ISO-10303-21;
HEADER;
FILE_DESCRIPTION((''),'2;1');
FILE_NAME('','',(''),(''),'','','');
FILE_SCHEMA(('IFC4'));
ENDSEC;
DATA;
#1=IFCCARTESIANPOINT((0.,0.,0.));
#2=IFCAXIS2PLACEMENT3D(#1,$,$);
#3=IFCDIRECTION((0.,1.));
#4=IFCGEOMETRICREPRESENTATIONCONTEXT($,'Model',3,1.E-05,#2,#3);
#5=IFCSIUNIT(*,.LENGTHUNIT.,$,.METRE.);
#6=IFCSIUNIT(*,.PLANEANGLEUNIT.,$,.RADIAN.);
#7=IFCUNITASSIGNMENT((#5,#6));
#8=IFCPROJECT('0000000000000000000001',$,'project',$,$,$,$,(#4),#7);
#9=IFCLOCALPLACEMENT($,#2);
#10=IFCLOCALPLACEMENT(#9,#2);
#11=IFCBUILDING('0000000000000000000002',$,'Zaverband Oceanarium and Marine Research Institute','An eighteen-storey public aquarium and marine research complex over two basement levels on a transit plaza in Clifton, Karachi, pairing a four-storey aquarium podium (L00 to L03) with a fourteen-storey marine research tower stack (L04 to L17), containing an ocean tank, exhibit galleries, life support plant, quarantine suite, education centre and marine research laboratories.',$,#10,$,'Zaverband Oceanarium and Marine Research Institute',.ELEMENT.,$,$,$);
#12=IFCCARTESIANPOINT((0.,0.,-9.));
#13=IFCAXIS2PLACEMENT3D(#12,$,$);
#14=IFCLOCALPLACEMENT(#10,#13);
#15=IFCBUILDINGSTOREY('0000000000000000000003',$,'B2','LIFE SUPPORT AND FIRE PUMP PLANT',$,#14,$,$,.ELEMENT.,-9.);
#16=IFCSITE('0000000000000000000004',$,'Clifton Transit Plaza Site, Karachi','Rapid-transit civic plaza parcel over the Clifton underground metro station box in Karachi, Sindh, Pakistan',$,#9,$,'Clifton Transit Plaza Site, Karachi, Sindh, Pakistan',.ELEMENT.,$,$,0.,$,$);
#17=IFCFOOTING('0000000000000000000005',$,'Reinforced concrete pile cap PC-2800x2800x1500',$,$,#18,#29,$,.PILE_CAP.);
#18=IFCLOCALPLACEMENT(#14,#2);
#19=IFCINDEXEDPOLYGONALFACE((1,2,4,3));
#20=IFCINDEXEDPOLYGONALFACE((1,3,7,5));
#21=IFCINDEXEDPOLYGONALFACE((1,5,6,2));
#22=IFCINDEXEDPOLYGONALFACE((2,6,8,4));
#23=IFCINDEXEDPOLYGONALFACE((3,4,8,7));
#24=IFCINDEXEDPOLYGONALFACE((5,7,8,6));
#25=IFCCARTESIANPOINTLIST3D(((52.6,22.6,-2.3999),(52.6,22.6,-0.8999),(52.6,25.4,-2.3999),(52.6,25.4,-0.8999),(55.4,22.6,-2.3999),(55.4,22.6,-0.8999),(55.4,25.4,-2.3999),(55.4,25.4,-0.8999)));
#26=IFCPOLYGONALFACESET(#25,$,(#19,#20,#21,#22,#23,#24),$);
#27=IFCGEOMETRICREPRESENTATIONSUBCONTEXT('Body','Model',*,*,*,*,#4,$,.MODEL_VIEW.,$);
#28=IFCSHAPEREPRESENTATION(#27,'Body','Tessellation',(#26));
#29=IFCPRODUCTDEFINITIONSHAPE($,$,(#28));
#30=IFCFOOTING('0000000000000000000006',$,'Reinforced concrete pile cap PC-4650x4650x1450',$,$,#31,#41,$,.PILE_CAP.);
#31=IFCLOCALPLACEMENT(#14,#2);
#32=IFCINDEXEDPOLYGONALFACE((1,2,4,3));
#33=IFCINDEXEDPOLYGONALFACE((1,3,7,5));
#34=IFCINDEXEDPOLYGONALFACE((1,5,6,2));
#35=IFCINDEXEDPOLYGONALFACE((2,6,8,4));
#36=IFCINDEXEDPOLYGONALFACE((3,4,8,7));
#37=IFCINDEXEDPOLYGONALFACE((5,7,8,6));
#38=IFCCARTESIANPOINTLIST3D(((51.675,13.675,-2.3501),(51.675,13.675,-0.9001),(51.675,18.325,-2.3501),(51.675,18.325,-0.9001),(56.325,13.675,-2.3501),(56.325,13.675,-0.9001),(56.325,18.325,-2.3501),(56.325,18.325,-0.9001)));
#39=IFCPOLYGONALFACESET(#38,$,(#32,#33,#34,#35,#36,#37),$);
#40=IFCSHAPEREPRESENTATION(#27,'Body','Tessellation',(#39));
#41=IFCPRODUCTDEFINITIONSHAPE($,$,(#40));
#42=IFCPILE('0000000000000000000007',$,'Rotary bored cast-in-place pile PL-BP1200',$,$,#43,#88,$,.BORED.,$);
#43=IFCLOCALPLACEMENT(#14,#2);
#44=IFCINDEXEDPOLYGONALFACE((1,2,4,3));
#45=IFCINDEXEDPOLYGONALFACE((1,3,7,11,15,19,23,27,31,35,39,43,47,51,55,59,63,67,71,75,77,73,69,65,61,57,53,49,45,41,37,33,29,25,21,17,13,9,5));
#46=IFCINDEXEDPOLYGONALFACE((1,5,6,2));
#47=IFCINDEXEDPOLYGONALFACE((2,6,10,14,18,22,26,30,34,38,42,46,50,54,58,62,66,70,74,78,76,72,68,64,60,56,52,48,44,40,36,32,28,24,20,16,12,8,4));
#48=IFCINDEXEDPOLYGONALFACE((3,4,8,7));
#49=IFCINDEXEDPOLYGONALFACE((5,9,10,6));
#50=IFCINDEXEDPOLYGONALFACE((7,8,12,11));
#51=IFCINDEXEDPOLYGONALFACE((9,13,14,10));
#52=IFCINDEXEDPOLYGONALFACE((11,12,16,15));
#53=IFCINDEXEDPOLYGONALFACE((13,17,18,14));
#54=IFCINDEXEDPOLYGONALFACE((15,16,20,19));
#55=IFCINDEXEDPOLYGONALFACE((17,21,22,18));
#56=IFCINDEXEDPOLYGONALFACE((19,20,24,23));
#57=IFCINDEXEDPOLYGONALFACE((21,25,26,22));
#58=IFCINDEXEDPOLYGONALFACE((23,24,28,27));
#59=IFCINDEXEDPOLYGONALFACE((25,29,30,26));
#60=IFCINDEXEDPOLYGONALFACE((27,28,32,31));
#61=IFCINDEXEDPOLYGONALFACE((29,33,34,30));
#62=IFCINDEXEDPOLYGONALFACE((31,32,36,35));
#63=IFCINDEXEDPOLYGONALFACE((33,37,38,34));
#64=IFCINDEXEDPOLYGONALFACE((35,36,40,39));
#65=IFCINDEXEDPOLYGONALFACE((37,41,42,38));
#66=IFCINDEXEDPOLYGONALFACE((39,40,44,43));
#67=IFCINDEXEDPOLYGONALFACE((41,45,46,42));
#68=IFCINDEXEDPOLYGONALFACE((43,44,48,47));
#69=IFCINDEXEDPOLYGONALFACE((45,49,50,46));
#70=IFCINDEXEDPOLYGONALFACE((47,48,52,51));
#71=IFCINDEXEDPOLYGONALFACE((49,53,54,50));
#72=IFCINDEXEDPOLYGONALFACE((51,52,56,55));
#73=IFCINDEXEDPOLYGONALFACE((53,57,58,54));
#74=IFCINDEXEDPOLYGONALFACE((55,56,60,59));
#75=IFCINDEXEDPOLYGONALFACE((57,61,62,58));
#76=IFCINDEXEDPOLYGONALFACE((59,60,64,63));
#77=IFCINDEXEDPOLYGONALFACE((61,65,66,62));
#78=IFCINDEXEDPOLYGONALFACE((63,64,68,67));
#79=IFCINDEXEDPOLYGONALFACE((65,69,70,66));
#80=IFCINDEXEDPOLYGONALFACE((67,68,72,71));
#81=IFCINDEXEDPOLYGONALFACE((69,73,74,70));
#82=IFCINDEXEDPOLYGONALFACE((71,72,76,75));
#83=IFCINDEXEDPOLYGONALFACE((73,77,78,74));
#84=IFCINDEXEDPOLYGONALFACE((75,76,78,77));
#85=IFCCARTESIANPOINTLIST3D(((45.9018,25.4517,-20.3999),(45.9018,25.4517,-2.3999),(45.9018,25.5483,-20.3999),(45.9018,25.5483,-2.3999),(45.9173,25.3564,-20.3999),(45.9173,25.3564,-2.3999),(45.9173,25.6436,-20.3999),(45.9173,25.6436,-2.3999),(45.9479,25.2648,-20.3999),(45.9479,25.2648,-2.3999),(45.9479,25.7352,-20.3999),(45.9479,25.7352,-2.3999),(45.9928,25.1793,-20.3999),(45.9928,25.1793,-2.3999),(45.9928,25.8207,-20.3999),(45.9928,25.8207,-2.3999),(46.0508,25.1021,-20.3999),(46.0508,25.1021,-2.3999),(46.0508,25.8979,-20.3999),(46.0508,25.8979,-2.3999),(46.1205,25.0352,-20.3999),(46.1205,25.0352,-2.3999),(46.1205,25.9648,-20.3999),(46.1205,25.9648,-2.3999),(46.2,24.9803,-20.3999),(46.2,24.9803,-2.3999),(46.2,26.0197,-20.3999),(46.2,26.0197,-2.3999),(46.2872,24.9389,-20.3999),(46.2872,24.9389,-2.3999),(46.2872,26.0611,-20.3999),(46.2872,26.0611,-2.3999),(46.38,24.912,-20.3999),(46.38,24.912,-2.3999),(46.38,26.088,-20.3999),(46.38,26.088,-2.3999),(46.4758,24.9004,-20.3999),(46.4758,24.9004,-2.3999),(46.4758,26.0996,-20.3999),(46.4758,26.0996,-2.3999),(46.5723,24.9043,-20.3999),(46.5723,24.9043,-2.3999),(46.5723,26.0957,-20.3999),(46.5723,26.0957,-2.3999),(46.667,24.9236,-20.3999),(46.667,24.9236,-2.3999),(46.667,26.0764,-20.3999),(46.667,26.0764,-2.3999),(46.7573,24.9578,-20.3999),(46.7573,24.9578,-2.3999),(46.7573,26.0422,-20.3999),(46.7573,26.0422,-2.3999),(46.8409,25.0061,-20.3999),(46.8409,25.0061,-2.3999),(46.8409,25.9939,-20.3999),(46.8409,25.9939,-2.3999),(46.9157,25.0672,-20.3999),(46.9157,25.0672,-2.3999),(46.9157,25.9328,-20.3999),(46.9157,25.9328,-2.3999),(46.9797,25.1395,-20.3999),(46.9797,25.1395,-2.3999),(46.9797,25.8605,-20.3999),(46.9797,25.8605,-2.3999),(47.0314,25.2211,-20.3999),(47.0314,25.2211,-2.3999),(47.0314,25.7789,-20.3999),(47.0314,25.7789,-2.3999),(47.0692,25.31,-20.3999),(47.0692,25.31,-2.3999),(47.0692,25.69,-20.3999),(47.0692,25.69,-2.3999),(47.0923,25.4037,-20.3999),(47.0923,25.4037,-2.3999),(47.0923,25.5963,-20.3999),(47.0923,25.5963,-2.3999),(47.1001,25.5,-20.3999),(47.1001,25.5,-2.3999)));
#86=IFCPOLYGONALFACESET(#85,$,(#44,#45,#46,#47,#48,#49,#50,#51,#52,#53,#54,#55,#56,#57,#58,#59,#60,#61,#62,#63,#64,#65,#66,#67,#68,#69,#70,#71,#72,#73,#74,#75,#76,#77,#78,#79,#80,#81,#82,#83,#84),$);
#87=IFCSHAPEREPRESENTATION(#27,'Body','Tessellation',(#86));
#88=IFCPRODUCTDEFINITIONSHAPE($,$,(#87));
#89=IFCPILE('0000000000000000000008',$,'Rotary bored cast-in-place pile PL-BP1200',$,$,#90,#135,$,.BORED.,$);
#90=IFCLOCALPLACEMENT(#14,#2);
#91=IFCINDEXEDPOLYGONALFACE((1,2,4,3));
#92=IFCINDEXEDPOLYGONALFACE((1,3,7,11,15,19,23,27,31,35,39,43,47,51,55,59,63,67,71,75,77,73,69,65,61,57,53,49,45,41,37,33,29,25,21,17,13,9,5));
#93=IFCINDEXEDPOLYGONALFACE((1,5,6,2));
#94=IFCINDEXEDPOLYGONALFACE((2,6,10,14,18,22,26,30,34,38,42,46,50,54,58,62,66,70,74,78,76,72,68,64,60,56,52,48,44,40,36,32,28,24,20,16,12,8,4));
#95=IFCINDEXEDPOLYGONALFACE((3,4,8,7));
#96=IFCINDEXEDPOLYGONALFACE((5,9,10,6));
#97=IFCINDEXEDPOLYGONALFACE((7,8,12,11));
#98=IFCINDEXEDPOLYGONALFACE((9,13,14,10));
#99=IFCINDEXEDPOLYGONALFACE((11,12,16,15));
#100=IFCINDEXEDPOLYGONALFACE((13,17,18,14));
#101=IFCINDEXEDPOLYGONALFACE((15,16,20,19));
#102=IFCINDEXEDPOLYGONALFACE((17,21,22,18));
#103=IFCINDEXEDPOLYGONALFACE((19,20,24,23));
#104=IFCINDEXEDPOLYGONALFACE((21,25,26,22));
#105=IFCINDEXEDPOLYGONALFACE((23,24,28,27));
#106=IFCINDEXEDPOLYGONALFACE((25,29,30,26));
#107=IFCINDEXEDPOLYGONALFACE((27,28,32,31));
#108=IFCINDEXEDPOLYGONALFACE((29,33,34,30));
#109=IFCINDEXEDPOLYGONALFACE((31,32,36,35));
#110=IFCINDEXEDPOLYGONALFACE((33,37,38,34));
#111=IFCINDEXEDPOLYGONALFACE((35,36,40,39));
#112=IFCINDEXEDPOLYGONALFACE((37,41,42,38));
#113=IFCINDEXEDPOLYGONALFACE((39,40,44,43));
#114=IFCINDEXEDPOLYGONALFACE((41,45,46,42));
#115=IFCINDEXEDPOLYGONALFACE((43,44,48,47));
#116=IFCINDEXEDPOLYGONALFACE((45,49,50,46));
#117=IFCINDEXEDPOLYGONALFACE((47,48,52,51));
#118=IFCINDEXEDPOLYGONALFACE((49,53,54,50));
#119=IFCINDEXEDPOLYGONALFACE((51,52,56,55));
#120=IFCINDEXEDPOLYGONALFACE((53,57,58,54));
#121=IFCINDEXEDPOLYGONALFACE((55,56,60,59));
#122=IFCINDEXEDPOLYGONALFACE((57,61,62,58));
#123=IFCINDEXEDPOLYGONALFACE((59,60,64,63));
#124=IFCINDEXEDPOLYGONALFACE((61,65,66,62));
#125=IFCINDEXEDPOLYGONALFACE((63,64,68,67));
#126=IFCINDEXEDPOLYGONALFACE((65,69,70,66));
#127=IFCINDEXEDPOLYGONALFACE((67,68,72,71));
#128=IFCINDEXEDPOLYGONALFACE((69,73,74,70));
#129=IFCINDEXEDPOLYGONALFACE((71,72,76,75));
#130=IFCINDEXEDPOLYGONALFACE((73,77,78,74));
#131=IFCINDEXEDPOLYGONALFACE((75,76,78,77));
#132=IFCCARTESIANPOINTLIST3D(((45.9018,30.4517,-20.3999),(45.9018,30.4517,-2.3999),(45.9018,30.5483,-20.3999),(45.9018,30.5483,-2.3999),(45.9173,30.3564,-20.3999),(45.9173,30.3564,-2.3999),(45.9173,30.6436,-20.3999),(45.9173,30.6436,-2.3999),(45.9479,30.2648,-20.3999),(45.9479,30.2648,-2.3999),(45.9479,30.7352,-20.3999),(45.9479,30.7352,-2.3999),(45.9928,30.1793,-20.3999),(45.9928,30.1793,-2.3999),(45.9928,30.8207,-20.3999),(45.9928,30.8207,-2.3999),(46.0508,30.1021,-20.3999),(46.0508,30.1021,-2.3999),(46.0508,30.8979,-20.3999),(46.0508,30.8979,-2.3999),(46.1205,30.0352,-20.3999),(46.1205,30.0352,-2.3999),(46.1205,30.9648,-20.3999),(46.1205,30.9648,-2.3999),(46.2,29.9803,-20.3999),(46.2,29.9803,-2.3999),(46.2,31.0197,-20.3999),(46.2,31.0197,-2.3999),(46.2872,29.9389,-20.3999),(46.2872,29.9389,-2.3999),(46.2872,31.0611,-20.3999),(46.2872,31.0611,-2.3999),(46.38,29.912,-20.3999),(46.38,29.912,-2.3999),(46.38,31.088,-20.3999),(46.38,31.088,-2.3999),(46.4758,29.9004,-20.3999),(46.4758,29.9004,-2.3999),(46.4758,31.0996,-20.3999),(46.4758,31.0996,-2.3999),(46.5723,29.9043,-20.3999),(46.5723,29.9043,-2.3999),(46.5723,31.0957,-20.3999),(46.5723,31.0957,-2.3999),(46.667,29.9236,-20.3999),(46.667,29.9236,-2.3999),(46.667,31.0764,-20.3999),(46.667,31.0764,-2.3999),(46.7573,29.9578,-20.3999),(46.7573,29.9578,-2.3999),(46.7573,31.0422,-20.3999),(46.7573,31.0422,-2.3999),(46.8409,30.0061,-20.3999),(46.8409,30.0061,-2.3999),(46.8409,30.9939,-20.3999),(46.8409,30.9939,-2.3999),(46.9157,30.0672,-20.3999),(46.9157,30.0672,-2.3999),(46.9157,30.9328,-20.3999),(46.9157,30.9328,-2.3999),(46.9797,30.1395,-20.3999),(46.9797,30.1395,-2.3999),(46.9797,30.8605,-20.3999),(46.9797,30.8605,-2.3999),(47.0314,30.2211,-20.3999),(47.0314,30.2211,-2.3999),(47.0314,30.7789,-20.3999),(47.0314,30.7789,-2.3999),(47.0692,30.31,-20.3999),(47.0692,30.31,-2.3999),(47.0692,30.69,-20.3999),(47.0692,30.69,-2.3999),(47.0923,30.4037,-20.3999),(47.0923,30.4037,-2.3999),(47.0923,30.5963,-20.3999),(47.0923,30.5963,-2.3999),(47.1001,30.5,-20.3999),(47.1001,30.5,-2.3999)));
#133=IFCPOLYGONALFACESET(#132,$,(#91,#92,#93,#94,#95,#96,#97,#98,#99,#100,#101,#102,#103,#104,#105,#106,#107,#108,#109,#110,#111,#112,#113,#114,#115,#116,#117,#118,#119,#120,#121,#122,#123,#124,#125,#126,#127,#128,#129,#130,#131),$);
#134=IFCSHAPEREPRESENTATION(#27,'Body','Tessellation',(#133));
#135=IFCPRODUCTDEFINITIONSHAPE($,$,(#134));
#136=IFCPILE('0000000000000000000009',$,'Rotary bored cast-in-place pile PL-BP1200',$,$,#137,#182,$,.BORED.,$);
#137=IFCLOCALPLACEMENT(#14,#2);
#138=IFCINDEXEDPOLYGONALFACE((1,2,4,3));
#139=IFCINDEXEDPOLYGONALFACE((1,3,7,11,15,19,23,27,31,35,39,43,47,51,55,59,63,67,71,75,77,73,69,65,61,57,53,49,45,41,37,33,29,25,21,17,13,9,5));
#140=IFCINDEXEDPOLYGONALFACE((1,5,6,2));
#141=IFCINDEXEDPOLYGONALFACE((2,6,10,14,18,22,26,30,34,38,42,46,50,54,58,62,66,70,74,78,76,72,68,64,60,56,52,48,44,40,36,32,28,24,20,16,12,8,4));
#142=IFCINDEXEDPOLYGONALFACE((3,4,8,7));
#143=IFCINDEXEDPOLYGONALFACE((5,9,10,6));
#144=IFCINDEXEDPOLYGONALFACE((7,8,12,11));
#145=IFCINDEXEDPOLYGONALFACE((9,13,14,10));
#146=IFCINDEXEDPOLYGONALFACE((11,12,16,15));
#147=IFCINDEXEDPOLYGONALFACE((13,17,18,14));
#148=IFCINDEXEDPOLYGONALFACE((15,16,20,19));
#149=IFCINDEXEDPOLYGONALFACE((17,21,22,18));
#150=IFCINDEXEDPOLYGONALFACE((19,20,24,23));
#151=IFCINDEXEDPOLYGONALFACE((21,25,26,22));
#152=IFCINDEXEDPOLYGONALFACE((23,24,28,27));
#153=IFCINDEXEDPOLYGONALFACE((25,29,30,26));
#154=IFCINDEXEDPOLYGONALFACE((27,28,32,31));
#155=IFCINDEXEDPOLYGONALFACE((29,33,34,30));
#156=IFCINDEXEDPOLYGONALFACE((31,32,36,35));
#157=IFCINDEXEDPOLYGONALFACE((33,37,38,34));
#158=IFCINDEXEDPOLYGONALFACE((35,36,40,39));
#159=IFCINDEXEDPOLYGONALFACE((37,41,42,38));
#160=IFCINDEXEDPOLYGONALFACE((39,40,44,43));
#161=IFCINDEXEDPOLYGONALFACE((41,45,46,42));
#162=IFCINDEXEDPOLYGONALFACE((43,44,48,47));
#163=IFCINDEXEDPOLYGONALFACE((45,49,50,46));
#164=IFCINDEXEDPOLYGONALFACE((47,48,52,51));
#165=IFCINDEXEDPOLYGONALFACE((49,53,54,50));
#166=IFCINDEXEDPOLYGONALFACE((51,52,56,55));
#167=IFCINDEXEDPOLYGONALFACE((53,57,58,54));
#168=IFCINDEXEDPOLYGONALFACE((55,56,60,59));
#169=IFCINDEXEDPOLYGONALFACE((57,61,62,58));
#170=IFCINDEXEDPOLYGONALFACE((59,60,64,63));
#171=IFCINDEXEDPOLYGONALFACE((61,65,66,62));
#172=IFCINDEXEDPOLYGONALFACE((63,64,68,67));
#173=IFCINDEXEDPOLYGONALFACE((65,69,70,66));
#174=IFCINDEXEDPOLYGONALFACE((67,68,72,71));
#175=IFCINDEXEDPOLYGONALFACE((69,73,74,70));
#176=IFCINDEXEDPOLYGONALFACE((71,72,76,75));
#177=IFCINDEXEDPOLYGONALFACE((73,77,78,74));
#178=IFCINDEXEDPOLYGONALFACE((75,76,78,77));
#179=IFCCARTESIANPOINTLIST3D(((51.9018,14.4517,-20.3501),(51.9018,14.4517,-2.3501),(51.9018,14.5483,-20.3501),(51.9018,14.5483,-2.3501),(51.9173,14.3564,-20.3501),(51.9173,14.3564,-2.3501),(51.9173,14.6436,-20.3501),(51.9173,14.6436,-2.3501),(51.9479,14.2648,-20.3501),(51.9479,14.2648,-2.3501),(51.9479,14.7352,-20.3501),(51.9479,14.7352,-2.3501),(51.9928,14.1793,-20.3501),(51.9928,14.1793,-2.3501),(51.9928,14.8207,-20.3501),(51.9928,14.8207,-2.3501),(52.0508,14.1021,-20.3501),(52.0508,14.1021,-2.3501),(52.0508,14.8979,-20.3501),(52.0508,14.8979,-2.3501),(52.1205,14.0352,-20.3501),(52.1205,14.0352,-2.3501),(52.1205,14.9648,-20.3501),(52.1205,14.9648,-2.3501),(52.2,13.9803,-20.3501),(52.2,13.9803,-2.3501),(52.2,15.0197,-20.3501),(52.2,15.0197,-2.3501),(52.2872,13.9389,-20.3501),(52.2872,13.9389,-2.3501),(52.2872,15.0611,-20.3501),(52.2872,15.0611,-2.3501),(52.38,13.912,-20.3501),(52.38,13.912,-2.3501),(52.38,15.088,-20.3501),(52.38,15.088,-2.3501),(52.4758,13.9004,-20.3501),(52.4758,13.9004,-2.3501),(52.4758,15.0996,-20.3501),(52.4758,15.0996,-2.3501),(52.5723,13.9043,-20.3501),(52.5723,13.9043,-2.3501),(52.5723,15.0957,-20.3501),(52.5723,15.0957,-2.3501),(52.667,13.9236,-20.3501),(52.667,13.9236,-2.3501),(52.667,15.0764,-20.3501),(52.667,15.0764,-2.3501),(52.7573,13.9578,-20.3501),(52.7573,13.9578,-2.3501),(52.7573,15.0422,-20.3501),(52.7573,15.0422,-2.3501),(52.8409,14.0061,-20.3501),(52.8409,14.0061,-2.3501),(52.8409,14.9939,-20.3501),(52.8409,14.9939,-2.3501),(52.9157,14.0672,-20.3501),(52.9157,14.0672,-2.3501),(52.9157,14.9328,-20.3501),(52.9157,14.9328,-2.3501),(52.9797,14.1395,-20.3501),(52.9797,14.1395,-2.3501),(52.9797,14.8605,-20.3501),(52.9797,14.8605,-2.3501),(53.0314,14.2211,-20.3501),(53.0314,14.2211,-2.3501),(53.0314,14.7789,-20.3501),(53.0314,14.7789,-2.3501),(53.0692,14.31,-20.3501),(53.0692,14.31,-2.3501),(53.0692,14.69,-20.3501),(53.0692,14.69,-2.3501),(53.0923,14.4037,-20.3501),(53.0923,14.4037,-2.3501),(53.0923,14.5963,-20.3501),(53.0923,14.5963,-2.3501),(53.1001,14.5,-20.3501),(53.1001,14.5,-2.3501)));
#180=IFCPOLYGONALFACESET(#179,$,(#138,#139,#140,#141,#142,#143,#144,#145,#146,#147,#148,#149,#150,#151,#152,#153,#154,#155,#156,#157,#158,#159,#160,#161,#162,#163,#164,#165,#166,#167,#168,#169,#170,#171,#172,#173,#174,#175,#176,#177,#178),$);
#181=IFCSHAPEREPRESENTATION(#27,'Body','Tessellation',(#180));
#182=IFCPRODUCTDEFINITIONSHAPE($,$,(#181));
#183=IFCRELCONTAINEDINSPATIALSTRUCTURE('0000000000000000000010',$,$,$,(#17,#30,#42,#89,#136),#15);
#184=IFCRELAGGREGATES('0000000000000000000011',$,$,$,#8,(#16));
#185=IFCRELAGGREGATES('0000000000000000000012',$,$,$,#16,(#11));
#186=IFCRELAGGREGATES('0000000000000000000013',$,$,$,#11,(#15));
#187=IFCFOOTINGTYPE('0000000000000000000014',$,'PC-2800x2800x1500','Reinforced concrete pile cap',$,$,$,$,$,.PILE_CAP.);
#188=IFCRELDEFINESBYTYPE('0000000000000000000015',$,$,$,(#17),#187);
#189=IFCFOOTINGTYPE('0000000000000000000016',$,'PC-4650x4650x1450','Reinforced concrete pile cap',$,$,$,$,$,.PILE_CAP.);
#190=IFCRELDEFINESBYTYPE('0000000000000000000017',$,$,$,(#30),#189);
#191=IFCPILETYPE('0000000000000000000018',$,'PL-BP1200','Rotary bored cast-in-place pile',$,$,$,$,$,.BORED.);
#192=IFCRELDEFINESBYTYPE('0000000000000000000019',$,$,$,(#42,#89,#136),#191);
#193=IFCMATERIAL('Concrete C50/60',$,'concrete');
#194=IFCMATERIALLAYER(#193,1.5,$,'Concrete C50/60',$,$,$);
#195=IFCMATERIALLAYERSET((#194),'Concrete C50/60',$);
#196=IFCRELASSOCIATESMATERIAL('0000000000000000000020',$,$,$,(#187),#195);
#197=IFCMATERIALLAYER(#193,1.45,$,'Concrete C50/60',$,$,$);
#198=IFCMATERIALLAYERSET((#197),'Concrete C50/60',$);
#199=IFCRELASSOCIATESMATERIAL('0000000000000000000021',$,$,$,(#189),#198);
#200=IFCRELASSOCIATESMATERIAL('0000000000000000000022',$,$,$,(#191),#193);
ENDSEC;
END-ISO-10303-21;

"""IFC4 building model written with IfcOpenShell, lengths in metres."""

from ifc_helpers import new_model, si_unit, direction, frame, origin, origin_2d, place, context, subcontext, project, spatial, rectangle, circle, extrude, material, layer, layer_set, material_profile, profile_set, type_object, element, save


model = new_model("IFC4")

# Units and contexts
model_context = context("Model", 3, precision=1e-05, world=origin(), true_north=direction((0.0, 1.0)))
body_context = subcontext(model_context, "Body", "Model", "MODEL_VIEW")
ifc_project = project(units=[si_unit("LENGTHUNIT", "METRE"), si_unit("PLANEANGLEUNIT", "RADIAN")], contexts=[model_context])

# Site, building, storey
site_placement = place(None, origin())
site = spatial("IfcSite", under=ifc_project, at=site_placement, Name="Clifton Transit Plaza Site, Karachi", Description="Rapid-transit civic plaza parcel over the Clifton underground metro station box in Karachi, Sindh, Pakistan", LongName="Clifton Transit Plaza Site, Karachi, Sindh, Pakistan", CompositionType="ELEMENT", RefElevation=0.0)
building_placement = place(site_placement, origin())
building = spatial("IfcBuilding", under=site, at=building_placement, Name="Zaverband Oceanarium and Marine Research Institute", Description="An eighteen-storey public aquarium and marine research complex over two basement levels on a transit plaza in Clifton, Karachi, pairing a four-storey aquarium podium (L00 to L03) with a fourteen-storey marine research tower stack (L04 to L17), containing an ocean tank, exhibit galleries, life support plant, quarantine suite, education centre and marine research laboratories.", LongName="Zaverband Oceanarium and Marine Research Institute", CompositionType="ELEMENT")
storey_placement = place(building_placement, frame((0.0, 0.0, -9.0)))
storey = spatial("IfcBuildingStorey", under=building, at=storey_placement, Name="B2", Description="LIFE SUPPORT AND FIRE PUMP PLANT", CompositionType="ELEMENT", Elevation=-9.0)

# Footings
ifc_material_1 = material(Name="Concrete C50/60", Category="concrete")
ifc_layer_1 = layer(ifc_material_1, 1.5, Name="Concrete C50/60")
ifc_layer_set_1 = layer_set([ifc_layer_1], Name="Concrete C50/60")
footing_type_1 = type_object("IfcFootingType", Name="PC-2800x2800x1500", Description="Reinforced concrete pile cap", PredefinedType="PILE_CAP", material=ifc_layer_set_1)
footing_1_placement = place(storey_placement, frame((54.0, 24.0, -2.3999), z_axis=(0.0, 0.0, 1.0), x_axis=(1.0, 0.0, 0.0)))
element("IfcFooting", 1, at=footing_1_placement, inside=storey, type_object=footing_type_1, Name="Reinforced concrete pile cap PC-2800x2800x1500", PredefinedType="PILE_CAP", context=body_context, shape_type="SweptSolid", body=[
    extrude(rectangle(XDim=2.8, YDim=2.8, at=origin_2d()), origin(), (0.0, 0.0, 1.0), 1.5),
])
ifc_layer_2 = layer(ifc_material_1, 1.45, Name="Concrete C50/60")
ifc_layer_set_2 = layer_set([ifc_layer_2], Name="Concrete C50/60")
footing_type_2 = type_object("IfcFootingType", Name="PC-4650x4650x1450", Description="Reinforced concrete pile cap", PredefinedType="PILE_CAP", material=ifc_layer_set_2)
footing_2_placement = place(storey_placement, frame((54.0, 16.0, -2.3501), z_axis=(0.0, 0.0, 1.0), x_axis=(1.0, 0.0, 0.0)))
element("IfcFooting", 2, at=footing_2_placement, inside=storey, type_object=footing_type_2, Name="Reinforced concrete pile cap PC-4650x4650x1450", PredefinedType="PILE_CAP", context=body_context, shape_type="SweptSolid", body=[
    extrude(rectangle(XDim=4.6499, YDim=4.6499, at=origin_2d()), origin(), (0.0, 0.0, 1.0), 1.45),
])

# Piles
ifc_material_profile_1 = material_profile(ifc_material_1, circle(Radius=0.6001, at=origin_2d()), Name="BP1200")
ifc_profile_set_1 = profile_set([ifc_material_profile_1], Name="Concrete C50/60")
pile_type = type_object("IfcPileType", Name="PL-BP1200", Description="Rotary bored cast-in-place pile", PredefinedType="BORED", material=ifc_profile_set_1)
for number, where, z_axis, x_axis, name in (
    (3, (46.5, 25.5, -2.3999), (0.0, 0.0, -1.0), (1.0, 0.0, 0.0), "Rotary bored cast-in-place pile PL-BP1200"),
    (4, (46.5, 30.5, -2.3999), (0.0, 0.0, -1.0), (1.0, 0.0, 0.0), "Rotary bored cast-in-place pile PL-BP1200"),
    (5, (52.5, 14.5, -2.3501), (0.0, 0.0, -1.0), (1.0, 0.0, 0.0), "Rotary bored cast-in-place pile PL-BP1200"),
):
    element("IfcPile", number, at=place(storey_placement, frame(where, z_axis=z_axis, x_axis=x_axis)), inside=storey, type_object=pile_type, Name=name, PredefinedType="BORED", context=body_context, shape_type="SweptSolid", body=[
        extrude(circle(Radius=0.6001, at=origin_2d()), origin(), (0.0, 0.0, 1.0), 18.0),
    ])

save(model, "model.ifc")
